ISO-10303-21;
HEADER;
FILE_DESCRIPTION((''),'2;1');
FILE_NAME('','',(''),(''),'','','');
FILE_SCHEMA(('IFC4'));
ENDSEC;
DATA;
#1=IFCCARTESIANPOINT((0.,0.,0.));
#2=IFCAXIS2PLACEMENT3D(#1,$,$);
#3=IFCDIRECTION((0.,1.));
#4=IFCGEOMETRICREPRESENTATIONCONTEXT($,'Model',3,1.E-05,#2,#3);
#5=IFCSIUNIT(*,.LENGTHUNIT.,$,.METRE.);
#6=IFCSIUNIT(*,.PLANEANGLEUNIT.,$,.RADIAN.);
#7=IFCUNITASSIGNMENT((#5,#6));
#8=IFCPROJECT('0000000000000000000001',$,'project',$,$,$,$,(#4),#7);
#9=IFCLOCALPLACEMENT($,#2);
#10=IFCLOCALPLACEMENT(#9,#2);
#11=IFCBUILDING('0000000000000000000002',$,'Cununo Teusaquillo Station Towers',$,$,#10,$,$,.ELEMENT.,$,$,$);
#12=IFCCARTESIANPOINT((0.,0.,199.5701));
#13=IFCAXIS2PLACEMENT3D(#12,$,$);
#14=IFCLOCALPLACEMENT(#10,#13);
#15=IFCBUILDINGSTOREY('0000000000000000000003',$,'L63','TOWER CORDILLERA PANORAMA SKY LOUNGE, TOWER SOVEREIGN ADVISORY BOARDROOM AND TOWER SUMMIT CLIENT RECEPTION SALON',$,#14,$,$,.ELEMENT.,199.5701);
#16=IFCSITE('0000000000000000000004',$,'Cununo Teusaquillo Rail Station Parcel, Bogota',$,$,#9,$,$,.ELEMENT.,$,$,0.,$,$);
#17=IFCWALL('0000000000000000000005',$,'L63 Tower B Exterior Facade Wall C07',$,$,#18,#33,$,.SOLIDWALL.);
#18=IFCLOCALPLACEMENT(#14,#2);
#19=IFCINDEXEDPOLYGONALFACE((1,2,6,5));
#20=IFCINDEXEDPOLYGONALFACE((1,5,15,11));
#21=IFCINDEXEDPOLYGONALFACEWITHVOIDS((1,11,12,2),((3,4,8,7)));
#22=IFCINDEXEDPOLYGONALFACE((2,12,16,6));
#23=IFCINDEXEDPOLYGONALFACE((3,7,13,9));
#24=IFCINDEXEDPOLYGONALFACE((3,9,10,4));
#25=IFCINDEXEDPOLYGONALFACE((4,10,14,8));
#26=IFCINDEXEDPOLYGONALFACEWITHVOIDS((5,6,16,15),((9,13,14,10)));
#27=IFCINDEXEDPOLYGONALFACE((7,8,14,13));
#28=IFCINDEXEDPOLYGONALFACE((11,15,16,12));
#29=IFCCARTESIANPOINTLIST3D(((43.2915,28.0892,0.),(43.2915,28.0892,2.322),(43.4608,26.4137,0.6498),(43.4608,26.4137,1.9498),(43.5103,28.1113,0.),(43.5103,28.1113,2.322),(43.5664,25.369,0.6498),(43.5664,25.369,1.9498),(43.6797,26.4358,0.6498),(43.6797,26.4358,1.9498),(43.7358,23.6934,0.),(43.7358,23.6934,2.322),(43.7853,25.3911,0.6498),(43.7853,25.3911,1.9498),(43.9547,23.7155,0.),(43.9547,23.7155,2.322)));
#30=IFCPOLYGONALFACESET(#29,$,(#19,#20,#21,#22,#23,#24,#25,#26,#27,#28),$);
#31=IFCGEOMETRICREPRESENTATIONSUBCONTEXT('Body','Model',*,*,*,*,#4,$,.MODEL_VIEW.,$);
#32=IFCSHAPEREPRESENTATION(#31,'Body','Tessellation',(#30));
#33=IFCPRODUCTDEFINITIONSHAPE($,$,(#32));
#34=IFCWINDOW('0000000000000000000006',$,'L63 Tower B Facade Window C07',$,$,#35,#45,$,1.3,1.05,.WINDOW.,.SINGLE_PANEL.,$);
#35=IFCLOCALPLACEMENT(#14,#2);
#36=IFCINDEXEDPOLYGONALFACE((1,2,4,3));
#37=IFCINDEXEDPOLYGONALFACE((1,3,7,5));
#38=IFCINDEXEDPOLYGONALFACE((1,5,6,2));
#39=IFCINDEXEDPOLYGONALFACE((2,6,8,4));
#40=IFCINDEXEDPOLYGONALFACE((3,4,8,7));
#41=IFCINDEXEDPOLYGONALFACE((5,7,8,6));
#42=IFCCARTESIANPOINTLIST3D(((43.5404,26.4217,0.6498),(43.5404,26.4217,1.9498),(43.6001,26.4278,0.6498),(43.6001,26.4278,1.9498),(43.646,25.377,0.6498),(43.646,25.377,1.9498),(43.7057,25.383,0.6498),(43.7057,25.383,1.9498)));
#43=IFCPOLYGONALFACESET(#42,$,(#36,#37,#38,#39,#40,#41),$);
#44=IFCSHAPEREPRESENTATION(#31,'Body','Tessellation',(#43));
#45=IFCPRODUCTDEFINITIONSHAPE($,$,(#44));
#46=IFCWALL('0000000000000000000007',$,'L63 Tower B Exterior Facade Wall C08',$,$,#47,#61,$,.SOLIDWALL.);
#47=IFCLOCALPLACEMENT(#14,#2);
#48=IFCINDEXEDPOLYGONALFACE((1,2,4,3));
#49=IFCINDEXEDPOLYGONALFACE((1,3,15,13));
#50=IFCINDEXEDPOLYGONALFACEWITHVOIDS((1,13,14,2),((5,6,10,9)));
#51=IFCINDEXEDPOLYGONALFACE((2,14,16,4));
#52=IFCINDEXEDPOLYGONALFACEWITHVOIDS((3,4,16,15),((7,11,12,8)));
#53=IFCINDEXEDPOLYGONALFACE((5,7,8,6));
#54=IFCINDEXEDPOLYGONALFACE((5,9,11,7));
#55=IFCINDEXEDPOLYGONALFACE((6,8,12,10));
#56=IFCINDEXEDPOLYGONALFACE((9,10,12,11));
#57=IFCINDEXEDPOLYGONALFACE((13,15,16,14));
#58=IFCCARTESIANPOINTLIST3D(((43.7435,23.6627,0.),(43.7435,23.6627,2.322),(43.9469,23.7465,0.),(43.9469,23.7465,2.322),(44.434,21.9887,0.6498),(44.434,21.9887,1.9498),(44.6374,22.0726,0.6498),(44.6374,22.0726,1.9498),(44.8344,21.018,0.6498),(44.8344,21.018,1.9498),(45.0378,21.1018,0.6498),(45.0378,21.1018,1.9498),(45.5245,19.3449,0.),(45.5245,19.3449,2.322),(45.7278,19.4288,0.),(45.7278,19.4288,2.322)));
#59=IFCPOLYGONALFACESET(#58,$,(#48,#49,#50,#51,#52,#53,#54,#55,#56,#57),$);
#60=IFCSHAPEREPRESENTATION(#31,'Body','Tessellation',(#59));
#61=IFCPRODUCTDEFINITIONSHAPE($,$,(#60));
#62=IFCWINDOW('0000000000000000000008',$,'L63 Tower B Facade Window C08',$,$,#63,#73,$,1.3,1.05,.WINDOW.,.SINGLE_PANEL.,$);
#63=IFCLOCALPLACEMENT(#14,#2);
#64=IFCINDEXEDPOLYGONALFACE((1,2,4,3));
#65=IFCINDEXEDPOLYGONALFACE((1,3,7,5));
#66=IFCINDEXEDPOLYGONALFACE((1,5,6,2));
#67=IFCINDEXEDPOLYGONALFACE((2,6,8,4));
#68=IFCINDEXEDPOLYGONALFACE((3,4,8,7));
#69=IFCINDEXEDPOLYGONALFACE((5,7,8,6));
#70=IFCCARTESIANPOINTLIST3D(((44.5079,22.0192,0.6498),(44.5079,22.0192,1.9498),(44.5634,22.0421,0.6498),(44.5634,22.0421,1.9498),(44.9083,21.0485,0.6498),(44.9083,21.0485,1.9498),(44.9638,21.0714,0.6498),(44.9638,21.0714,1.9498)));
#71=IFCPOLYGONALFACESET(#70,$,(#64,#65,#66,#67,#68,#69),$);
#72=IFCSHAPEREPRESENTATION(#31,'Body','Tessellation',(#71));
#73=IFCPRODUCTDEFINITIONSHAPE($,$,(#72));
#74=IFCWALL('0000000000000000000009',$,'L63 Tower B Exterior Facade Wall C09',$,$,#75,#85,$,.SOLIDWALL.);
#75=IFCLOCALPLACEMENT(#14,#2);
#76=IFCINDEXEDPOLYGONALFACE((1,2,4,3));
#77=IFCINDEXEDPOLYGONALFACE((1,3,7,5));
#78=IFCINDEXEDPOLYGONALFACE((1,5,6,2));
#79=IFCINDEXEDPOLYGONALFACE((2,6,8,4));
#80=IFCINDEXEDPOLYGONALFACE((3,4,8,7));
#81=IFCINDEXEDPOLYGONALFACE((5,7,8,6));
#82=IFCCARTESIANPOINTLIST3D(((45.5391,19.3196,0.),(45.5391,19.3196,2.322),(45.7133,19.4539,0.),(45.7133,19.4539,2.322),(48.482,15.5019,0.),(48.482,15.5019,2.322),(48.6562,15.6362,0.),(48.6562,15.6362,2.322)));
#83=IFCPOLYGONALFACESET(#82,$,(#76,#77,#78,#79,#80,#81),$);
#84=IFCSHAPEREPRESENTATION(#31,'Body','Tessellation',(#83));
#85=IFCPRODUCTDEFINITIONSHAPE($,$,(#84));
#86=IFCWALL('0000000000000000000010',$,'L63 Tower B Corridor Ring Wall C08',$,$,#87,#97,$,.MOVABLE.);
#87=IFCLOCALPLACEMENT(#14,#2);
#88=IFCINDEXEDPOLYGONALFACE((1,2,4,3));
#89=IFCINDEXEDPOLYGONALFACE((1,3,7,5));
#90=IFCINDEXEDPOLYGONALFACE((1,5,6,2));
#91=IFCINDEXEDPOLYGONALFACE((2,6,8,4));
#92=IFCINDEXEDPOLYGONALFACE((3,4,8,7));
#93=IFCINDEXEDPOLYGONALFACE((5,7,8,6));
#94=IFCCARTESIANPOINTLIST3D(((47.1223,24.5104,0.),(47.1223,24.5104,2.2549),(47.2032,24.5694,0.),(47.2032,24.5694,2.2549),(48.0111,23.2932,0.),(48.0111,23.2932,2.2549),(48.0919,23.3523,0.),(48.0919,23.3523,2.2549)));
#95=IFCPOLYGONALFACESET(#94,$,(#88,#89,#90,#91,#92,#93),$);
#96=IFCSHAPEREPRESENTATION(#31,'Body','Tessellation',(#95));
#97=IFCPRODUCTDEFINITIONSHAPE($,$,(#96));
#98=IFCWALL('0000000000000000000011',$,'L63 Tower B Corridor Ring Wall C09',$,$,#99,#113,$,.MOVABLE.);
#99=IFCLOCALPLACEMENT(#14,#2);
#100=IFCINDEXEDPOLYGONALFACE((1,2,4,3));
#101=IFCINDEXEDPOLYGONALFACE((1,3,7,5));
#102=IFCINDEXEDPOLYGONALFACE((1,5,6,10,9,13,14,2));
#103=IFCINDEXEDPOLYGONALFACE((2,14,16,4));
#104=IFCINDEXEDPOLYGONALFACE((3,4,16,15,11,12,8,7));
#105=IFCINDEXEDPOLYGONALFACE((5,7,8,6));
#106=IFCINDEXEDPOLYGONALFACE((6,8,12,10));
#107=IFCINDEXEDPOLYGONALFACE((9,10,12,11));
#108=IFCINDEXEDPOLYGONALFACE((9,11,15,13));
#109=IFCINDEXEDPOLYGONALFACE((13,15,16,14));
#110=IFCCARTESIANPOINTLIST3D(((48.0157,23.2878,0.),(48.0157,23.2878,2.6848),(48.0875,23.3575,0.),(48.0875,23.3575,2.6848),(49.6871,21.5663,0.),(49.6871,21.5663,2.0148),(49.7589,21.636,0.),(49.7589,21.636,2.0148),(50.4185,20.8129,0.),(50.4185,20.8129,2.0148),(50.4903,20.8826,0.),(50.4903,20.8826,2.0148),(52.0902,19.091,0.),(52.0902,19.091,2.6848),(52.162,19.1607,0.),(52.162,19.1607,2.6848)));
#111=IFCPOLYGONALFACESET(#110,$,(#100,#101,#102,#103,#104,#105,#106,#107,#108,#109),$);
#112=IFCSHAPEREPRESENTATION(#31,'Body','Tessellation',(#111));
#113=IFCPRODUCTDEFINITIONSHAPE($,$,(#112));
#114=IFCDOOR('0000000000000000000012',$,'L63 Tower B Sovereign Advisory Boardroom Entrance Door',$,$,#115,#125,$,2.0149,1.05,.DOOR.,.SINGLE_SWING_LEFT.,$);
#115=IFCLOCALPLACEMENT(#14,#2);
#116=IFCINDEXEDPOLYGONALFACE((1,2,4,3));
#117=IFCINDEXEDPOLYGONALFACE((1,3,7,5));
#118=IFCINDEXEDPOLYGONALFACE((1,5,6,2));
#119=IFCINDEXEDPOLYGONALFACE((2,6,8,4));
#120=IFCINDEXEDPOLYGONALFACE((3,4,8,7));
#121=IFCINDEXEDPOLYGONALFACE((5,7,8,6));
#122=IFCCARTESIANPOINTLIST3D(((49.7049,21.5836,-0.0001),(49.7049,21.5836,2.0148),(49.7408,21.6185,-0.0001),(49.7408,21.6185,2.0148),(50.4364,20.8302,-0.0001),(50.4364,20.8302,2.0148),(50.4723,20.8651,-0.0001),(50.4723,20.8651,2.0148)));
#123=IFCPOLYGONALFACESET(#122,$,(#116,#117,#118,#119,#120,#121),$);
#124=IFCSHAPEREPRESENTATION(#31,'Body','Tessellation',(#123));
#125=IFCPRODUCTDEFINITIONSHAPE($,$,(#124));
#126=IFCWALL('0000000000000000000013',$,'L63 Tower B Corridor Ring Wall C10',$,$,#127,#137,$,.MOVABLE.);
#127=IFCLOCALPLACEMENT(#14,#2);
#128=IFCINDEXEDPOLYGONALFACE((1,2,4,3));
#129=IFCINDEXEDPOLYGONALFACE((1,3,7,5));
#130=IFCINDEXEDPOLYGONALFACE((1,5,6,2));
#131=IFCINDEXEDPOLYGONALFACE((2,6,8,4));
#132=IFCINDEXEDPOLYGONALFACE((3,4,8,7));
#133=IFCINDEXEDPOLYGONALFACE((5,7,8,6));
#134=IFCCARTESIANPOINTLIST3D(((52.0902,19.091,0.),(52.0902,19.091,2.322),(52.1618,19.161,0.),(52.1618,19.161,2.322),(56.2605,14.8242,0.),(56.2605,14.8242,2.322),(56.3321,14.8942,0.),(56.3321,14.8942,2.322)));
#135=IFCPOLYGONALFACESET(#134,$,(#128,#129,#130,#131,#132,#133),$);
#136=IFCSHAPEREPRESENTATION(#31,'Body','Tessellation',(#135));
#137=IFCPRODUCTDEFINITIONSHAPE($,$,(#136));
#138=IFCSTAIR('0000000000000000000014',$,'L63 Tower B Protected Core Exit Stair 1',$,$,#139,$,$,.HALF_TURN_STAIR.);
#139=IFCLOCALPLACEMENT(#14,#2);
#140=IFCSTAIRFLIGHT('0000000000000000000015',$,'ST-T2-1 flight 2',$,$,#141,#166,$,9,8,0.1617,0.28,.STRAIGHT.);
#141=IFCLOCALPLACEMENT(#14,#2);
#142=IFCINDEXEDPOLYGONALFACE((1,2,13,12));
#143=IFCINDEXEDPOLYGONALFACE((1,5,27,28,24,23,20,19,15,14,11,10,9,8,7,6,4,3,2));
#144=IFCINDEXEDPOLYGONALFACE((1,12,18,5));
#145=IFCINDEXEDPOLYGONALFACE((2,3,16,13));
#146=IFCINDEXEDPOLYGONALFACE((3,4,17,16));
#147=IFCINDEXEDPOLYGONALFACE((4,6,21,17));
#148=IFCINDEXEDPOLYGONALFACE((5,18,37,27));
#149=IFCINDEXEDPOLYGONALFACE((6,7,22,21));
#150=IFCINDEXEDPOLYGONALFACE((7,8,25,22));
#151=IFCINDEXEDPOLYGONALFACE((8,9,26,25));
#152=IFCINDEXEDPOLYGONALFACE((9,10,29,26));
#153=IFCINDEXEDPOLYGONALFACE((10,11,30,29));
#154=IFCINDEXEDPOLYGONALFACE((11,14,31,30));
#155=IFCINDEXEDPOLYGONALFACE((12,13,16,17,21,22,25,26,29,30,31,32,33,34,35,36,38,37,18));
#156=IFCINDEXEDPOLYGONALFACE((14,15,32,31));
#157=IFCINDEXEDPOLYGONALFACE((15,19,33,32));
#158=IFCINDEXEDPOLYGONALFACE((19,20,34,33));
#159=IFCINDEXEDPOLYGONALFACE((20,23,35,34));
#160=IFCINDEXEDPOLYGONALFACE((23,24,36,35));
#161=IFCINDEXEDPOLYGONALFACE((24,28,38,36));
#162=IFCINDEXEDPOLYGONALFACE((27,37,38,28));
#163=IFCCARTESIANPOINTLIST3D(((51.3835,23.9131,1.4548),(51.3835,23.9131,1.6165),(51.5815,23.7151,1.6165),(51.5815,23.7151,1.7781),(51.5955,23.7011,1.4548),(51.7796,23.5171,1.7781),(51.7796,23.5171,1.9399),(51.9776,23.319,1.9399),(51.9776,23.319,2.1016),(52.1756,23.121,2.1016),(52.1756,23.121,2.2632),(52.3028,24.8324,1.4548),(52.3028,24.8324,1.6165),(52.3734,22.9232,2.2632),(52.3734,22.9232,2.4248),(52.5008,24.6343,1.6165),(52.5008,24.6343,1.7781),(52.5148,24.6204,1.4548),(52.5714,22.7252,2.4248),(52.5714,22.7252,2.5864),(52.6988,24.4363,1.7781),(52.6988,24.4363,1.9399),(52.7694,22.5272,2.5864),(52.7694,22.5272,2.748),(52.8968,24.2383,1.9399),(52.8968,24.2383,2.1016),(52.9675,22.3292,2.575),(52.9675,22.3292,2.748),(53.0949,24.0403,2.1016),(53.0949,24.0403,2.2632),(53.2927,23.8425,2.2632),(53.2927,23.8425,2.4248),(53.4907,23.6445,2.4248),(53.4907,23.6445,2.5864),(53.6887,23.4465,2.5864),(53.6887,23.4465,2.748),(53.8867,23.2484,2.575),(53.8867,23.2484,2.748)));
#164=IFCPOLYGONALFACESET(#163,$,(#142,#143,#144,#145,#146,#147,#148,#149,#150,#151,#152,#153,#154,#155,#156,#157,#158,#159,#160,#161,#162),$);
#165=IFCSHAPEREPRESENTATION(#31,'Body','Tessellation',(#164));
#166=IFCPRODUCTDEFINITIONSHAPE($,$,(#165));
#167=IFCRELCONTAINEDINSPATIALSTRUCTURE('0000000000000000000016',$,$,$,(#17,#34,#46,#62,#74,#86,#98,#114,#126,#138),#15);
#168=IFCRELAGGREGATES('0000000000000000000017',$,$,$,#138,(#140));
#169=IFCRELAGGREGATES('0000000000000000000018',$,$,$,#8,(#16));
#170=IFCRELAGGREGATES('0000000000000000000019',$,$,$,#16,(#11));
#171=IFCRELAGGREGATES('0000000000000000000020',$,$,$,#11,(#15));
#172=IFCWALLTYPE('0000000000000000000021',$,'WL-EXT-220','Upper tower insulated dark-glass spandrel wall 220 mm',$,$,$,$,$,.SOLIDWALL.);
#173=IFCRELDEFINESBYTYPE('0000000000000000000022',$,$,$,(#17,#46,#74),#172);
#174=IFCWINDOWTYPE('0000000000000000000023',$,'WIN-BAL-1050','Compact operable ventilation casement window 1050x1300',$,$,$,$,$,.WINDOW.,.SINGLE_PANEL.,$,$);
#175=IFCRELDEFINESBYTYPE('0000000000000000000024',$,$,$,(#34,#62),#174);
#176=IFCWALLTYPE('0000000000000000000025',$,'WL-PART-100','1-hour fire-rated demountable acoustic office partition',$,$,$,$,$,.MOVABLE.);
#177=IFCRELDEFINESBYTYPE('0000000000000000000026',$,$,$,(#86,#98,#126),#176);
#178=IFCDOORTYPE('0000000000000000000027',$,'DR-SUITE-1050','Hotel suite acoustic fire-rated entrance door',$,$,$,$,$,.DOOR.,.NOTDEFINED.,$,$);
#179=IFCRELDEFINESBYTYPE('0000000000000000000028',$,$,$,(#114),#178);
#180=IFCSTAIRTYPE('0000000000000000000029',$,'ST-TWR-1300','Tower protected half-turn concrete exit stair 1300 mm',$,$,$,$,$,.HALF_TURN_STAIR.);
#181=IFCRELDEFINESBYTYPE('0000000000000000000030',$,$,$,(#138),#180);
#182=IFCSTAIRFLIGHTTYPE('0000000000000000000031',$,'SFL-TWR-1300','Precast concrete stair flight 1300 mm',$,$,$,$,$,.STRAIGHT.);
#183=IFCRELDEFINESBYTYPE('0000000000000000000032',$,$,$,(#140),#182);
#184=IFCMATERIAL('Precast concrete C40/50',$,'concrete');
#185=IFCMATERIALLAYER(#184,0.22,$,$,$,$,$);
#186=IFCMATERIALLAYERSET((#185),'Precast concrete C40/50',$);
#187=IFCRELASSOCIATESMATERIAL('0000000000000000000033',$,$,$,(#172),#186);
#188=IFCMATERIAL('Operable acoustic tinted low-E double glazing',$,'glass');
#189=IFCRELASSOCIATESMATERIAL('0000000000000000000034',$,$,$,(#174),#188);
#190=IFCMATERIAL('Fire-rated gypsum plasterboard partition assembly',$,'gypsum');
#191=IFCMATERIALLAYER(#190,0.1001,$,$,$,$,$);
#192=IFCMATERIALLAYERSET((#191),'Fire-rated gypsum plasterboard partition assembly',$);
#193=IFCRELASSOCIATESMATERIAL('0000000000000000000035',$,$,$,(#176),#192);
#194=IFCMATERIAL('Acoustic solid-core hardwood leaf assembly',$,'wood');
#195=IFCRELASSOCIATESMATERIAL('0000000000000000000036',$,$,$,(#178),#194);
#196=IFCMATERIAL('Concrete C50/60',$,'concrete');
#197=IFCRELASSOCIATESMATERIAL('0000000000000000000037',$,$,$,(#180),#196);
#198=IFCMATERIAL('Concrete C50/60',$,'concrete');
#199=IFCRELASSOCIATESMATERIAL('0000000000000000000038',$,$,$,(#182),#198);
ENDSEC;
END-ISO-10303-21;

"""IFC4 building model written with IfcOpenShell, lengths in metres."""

from ifc_helpers import new_model, si_unit, direction, frame, frame_2d, origin, place, context, subcontext, project, spatial, polyline, rectangle, outline, extrude, source, transform, mapped, material, layer, layer_set, type_object, element, fill, aggregate, save


model = new_model("IFC4")

# Units and contexts
model_context = context("Model", 3, precision=1e-05, world=origin(), true_north=direction((0.0, 1.0)))
body_context = subcontext(model_context, "Body", "Model", "MODEL_VIEW")
ifc_project = project(units=[si_unit("LENGTHUNIT", "METRE"), si_unit("PLANEANGLEUNIT", "RADIAN")], contexts=[model_context])

# Site, building, storey
site_placement = place(None, origin())
site = spatial("IfcSite", under=ifc_project, at=site_placement, Name="Cununo Teusaquillo Rail Station Parcel, Bogota", CompositionType="ELEMENT", RefElevation=0.0)
building_placement = place(site_placement, origin())
building = spatial("IfcBuilding", under=site, at=building_placement, Name="Cununo Teusaquillo Station Towers", CompositionType="ELEMENT")
storey_placement = place(building_placement, frame((0.0, 0.0, 199.5701)))
storey = spatial("IfcBuildingStorey", under=building, at=storey_placement, Name="L63", Description="TOWER CORDILLERA PANORAMA SKY LOUNGE, TOWER SOVEREIGN ADVISORY BOARDROOM AND TOWER SUMMIT CLIENT RECEPTION SALON", CompositionType="ELEMENT", Elevation=199.5701)

# Shared definitions
ifc_material_1 = material(Name="Precast concrete C40/50", Category="concrete")
ifc_layer_1 = layer(ifc_material_1, 0.22)
ifc_layer_set_1 = layer_set([ifc_layer_1], Name="Precast concrete C40/50")
wall_type_1 = type_object("IfcWallType", Name="WL-EXT-220", Description="Upper tower insulated dark-glass spandrel wall 220 mm", PredefinedType="SOLIDWALL", material=ifc_layer_set_1)

# Walls, openings, windows
shared_shape_1 = source(origin(), body_context, "Body", "SweptSolid", [
    extrude(rectangle(XDim=1.05, YDim=1.3, at=frame_2d((0.5249, 0.6499))), frame((0.0, 0.1199, 0.0), z_axis=(0.0, -1.0, 0.0), x_axis=(1.0, 0.0, 0.0)), (0.0, 0.0, 1.0), 0.24),
])
ifc_material_2 = material(Name="Operable acoustic tinted low-E double glazing", Category="glass")
window_type = type_object("IfcWindowType", Name="WIN-BAL-1050", Description="Compact operable ventilation casement window 1050x1300", PartitioningType="SINGLE_PANEL", PredefinedType="WINDOW", material=ifc_material_2)
shared_shape_2 = source(origin(), body_context, "Body", "SweptSolid", [
    extrude(rectangle(XDim=1.05, YDim=1.3, at=frame_2d((0.5249, 0.6499))), frame((0.0, 0.03, 0.0), z_axis=(0.0, -1.0, 0.0), x_axis=(1.0, 0.0, 0.0)), (0.0, 0.0, 1.0), 0.0601),
])
wall_1_placement = place(storey_placement, frame((43.8452, 23.7046, 0.0), z_axis=(0.0, 0.0, 1.0), x_axis=(-0.100571, 0.99493, 0.0)))
wall_1 = element("IfcWall", 1, at=wall_1_placement, inside=storey, type_object=wall_type_1, Name="L63 Tower B Exterior Facade Wall C07", PredefinedType="SOLIDWALL", context=body_context, shape_type="SweptSolid", body=[
    extrude(rectangle(XDim=4.4182, YDim=0.22, at=frame_2d((2.209, 0.0))), origin(), (0.0, 0.0, 1.0), 2.322),
])
opening_1_placement = place(wall_1_placement, frame((1.6841, 0.0, 0.6499)))
opening_1 = element("IfcOpeningElement", 2, at=opening_1_placement, cuts=wall_1, PredefinedType="OPENING", context=body_context, shape_type="MappedRepresentation", body=[
    mapped(shared_shape_1, transform((0.0, 0.0, 0.0), x_axis=(1.0, 0.0, 0.0), y_axis=(0.0, 1.0, 0.0), z_axis=(0.0, 0.0, 1.0), scale=1.0)),
])
window_1_placement = place(opening_1_placement, origin())
window_1 = element("IfcWindow", 3, at=window_1_placement, inside=storey, type_object=window_type, Name="L63 Tower B Facade Window C07", OverallHeight=1.3, OverallWidth=1.05, PartitioningType="SINGLE_PANEL", PredefinedType="WINDOW", context=body_context, shape_type="MappedRepresentation", body=[
    mapped(shared_shape_2, transform((0.0, 0.0, 0.0), x_axis=(1.0, 0.0, 0.0), y_axis=(0.0, 1.0, 0.0), z_axis=(0.0, 0.0, 1.0), scale=1.0)),
])
fill(opening_1, window_1)
wall_2_placement = place(storey_placement, frame((45.6262, 19.3867, 0.0), z_axis=(0.0, 0.0, 1.0), x_axis=(-0.38131, 0.924447, 0.0)))
wall_2 = element("IfcWall", 4, at=wall_2_placement, inside=storey, type_object=wall_type_1, Name="L63 Tower B Exterior Facade Wall C08", PredefinedType="SOLIDWALL", context=body_context, shape_type="SweptSolid", body=[
    extrude(rectangle(XDim=4.6707, YDim=0.22, at=frame_2d((2.3354, 0.0))), origin(), (0.0, 0.0, 1.0), 2.322),
])
opening_2_placement = place(wall_2_placement, frame((1.8101, 0.0, 0.6499)))
opening_2 = element("IfcOpeningElement", 5, at=opening_2_placement, cuts=wall_2, PredefinedType="OPENING", context=body_context, shape_type="MappedRepresentation", body=[
    mapped(shared_shape_1, transform((0.0, 0.0, 0.0), x_axis=(1.0, 0.0, 0.0), y_axis=(0.0, 1.0, 0.0), z_axis=(0.0, 0.0, 1.0), scale=1.0)),
])
window_2_placement = place(opening_2_placement, origin())
window_2 = element("IfcWindow", 6, at=window_2_placement, inside=storey, type_object=window_type, Name="L63 Tower B Facade Window C08", OverallHeight=1.3, OverallWidth=1.05, PartitioningType="SINGLE_PANEL", PredefinedType="WINDOW", context=body_context, shape_type="MappedRepresentation", body=[
    mapped(shared_shape_2, transform((0.0, 0.0, 0.0), x_axis=(1.0, 0.0, 0.0), y_axis=(0.0, 1.0, 0.0), z_axis=(0.0, 0.0, 1.0), scale=1.0)),
])
fill(opening_2, window_2)

# Walls
wall_3_placement = place(storey_placement, frame((48.5691, 15.5691, 0.0), z_axis=(0.0, 0.0, 1.0), x_axis=(-0.610523, 0.791998, 0.0)))
element("IfcWall", 7, at=wall_3_placement, inside=storey, type_object=wall_type_1, Name="L63 Tower B Exterior Facade Wall C09", PredefinedType="SOLIDWALL", context=body_context, shape_type="SweptSolid", body=[
    extrude(rectangle(XDim=4.8203, YDim=0.22, at=frame_2d((2.4102, 0.0))), origin(), (0.0, 0.0, 1.0), 2.322),
])
ifc_material_3 = material(Name="Fire-rated gypsum plasterboard partition assembly", Category="gypsum")
ifc_layer_2 = layer(ifc_material_3, 0.1001)
ifc_layer_set_2 = layer_set([ifc_layer_2], Name="Fire-rated gypsum plasterboard partition assembly")
wall_type_2 = type_object("IfcWallType", Name="WL-PART-100", Description="1-hour fire-rated demountable acoustic office partition", PredefinedType="MOVABLE", material=ifc_layer_set_2)
wall_4_placement = place(storey_placement, frame((47.1628, 24.5398, 0.0), z_axis=(0.0, 0.0, 1.0), x_axis=(0.589712, -0.807614, 0.0)))
element("IfcWall", 8, at=wall_4_placement, inside=storey, type_object=wall_type_2, Name="L63 Tower B Corridor Ring Wall C08", PredefinedType="MOVABLE", context=body_context, shape_type="SweptSolid", body=[
    extrude(rectangle(XDim=1.5071, YDim=0.1001, at=frame_2d((0.7534, 0.0))), origin(), (0.0, 0.0, 1.0), 2.2549),
])

# Wall, opening, door
wall_5_placement = place(storey_placement, frame((48.0515, 23.3228, 0.0), z_axis=(0.0, 0.0, 1.0), x_axis=(0.696574, -0.717485, 0.0)))
wall_5 = element("IfcWall", 9, at=wall_5_placement, inside=storey, type_object=wall_type_2, Name="L63 Tower B Corridor Ring Wall C09", PredefinedType="MOVABLE", context=body_context, shape_type="SweptSolid", body=[
    extrude(rectangle(XDim=5.8494, YDim=0.1001, at=frame_2d((2.9248, 0.0))), origin(), (0.0, 0.0, 1.0), 2.6848),
])
shared_shape_3 = source(origin(), body_context, "Body", "SweptSolid", [
    extrude(rectangle(XDim=1.05, YDim=2.0149, at=frame_2d((0.5249, 1.0073))), frame((0.0, 0.0601, 0.0), z_axis=(0.0, -1.0, 0.0), x_axis=(1.0, 0.0, 0.0)), (0.0, 0.0, 1.0), 0.1201),
])
opening_3_placement = place(wall_5_placement, frame((2.3997, 0.0, 0.0)))
opening_3 = element("IfcOpeningElement", 10, at=opening_3_placement, cuts=wall_5, PredefinedType="OPENING", context=body_context, shape_type="MappedRepresentation", body=[
    mapped(shared_shape_3, transform((0.0, 0.0, 0.0), x_axis=(1.0, 0.0, 0.0), y_axis=(0.0, 1.0, 0.0), z_axis=(0.0, 0.0, 1.0), scale=1.0)),
])
ifc_material_4 = material(Name="Acoustic solid-core hardwood leaf assembly", Category="wood")
door_type_1 = type_object("IfcDoorType", Name="DR-SUITE-1050", Description="Hotel suite acoustic fire-rated entrance door", OperationType="NOTDEFINED", PredefinedType="DOOR", material=ifc_material_4)
shared_shape_4 = source(origin(), body_context, "Body", "SweptSolid", [
    extrude(rectangle(XDim=1.05, YDim=2.0149, at=frame_2d((0.5249, 1.0073))), frame((0.0, 0.0249, 0.0), z_axis=(0.0, -1.0, 0.0), x_axis=(1.0, 0.0, 0.0)), (0.0, 0.0, 1.0), 0.05),
])
door_1_placement = place(opening_3_placement, origin())
door_1 = element("IfcDoor", 11, at=door_1_placement, inside=storey, type_object=door_type_1, Name="L63 Tower B Sovereign Advisory Boardroom Entrance Door", OperationType="SINGLE_SWING_LEFT", OverallHeight=2.0149, OverallWidth=1.05, PredefinedType="DOOR", context=body_context, shape_type="MappedRepresentation", body=[
    mapped(shared_shape_4, transform((0.0, 0.0, 0.0), x_axis=(1.0, 0.0, 0.0), y_axis=(0.0, 1.0, 0.0), z_axis=(0.0, 0.0, 1.0), scale=1.0)),
])
fill(opening_3, door_1)

# Wall
wall_6_placement = place(storey_placement, frame((52.126, 19.126, 0.0), z_axis=(0.0, 0.0, 1.0), x_axis=(0.698979, -0.715142, 0.0)))
element("IfcWall", 12, at=wall_6_placement, inside=storey, type_object=wall_type_2, Name="L63 Tower B Corridor Ring Wall C10", PredefinedType="MOVABLE", context=body_context, shape_type="SweptSolid", body=[
    extrude(rectangle(XDim=5.9663, YDim=0.1001, at=frame_2d((2.9832, 0.0))), origin(), (0.0, 0.0, 1.0), 2.322),
])

# Stair, stair flight
ifc_material_5 = material(Name="Concrete C50/60", Category="concrete")
stair_type = type_object("IfcStairType", Name="ST-TWR-1300", Description="Tower protected half-turn concrete exit stair 1300 mm", PredefinedType="HALF_TURN_STAIR", material=ifc_material_5)
stair_placement = place(storey_placement, origin())
stair = element("IfcStair", 13, at=stair_placement, inside=storey, type_object=stair_type, Name="L63 Tower B Protected Core Exit Stair 1", PredefinedType="HALF_TURN_STAIR")
ifc_material_6 = material(Name="Concrete C50/60", Category="concrete")
stair_flight_type = type_object("IfcStairFlightType", Name="SFL-TWR-1300", Description="Precast concrete stair flight 1300 mm", PredefinedType="STRAIGHT", material=ifc_material_6)
stair_flight_placement = place(storey_placement, frame((51.8433, 24.3728, 1.4548), z_axis=(0.0, 0.0, 1.0), x_axis=(0.707107, -0.707107, 0.0)))
stair_flight = element("IfcStairFlight", 14, at=stair_flight_placement, type_object=stair_flight_type, Name="ST-T2-1 flight 2", NumberOfRisers=9, NumberOfTreads=8, PredefinedType="STRAIGHT", RiserHeight=0.1617, TreadLength=0.28, context=body_context, shape_type="SweptSolid", body=[
    extrude(outline(polyline([(0.0, 0.0), (0.0, 0.1616), (0.28, 0.1616), (0.28, 0.3232), (0.5601, 0.3232), (0.5601, 0.4851), (0.8401, 0.4851), (0.8401, 0.6467), (1.1201, 0.6467), (1.1201, 0.8083), (1.3999, 0.8083), (1.3999, 0.97), (1.6799, 0.97), (1.6799, 1.1316), (1.96, 1.1316), (1.96, 1.2932), (2.24, 1.2932), (2.24, 1.4551), (2.24, 1.1201), (0.2998, 0.0), (0.0, 0.0)])), frame((0.0, 0.6499, 0.0), z_axis=(0.0, -1.0, 0.0), x_axis=(1.0, 0.0, 0.0)), (0.0, 0.0, 1.0), 1.3),
])
aggregate(stair, [stair_flight])

save(model, "model.ifc")
